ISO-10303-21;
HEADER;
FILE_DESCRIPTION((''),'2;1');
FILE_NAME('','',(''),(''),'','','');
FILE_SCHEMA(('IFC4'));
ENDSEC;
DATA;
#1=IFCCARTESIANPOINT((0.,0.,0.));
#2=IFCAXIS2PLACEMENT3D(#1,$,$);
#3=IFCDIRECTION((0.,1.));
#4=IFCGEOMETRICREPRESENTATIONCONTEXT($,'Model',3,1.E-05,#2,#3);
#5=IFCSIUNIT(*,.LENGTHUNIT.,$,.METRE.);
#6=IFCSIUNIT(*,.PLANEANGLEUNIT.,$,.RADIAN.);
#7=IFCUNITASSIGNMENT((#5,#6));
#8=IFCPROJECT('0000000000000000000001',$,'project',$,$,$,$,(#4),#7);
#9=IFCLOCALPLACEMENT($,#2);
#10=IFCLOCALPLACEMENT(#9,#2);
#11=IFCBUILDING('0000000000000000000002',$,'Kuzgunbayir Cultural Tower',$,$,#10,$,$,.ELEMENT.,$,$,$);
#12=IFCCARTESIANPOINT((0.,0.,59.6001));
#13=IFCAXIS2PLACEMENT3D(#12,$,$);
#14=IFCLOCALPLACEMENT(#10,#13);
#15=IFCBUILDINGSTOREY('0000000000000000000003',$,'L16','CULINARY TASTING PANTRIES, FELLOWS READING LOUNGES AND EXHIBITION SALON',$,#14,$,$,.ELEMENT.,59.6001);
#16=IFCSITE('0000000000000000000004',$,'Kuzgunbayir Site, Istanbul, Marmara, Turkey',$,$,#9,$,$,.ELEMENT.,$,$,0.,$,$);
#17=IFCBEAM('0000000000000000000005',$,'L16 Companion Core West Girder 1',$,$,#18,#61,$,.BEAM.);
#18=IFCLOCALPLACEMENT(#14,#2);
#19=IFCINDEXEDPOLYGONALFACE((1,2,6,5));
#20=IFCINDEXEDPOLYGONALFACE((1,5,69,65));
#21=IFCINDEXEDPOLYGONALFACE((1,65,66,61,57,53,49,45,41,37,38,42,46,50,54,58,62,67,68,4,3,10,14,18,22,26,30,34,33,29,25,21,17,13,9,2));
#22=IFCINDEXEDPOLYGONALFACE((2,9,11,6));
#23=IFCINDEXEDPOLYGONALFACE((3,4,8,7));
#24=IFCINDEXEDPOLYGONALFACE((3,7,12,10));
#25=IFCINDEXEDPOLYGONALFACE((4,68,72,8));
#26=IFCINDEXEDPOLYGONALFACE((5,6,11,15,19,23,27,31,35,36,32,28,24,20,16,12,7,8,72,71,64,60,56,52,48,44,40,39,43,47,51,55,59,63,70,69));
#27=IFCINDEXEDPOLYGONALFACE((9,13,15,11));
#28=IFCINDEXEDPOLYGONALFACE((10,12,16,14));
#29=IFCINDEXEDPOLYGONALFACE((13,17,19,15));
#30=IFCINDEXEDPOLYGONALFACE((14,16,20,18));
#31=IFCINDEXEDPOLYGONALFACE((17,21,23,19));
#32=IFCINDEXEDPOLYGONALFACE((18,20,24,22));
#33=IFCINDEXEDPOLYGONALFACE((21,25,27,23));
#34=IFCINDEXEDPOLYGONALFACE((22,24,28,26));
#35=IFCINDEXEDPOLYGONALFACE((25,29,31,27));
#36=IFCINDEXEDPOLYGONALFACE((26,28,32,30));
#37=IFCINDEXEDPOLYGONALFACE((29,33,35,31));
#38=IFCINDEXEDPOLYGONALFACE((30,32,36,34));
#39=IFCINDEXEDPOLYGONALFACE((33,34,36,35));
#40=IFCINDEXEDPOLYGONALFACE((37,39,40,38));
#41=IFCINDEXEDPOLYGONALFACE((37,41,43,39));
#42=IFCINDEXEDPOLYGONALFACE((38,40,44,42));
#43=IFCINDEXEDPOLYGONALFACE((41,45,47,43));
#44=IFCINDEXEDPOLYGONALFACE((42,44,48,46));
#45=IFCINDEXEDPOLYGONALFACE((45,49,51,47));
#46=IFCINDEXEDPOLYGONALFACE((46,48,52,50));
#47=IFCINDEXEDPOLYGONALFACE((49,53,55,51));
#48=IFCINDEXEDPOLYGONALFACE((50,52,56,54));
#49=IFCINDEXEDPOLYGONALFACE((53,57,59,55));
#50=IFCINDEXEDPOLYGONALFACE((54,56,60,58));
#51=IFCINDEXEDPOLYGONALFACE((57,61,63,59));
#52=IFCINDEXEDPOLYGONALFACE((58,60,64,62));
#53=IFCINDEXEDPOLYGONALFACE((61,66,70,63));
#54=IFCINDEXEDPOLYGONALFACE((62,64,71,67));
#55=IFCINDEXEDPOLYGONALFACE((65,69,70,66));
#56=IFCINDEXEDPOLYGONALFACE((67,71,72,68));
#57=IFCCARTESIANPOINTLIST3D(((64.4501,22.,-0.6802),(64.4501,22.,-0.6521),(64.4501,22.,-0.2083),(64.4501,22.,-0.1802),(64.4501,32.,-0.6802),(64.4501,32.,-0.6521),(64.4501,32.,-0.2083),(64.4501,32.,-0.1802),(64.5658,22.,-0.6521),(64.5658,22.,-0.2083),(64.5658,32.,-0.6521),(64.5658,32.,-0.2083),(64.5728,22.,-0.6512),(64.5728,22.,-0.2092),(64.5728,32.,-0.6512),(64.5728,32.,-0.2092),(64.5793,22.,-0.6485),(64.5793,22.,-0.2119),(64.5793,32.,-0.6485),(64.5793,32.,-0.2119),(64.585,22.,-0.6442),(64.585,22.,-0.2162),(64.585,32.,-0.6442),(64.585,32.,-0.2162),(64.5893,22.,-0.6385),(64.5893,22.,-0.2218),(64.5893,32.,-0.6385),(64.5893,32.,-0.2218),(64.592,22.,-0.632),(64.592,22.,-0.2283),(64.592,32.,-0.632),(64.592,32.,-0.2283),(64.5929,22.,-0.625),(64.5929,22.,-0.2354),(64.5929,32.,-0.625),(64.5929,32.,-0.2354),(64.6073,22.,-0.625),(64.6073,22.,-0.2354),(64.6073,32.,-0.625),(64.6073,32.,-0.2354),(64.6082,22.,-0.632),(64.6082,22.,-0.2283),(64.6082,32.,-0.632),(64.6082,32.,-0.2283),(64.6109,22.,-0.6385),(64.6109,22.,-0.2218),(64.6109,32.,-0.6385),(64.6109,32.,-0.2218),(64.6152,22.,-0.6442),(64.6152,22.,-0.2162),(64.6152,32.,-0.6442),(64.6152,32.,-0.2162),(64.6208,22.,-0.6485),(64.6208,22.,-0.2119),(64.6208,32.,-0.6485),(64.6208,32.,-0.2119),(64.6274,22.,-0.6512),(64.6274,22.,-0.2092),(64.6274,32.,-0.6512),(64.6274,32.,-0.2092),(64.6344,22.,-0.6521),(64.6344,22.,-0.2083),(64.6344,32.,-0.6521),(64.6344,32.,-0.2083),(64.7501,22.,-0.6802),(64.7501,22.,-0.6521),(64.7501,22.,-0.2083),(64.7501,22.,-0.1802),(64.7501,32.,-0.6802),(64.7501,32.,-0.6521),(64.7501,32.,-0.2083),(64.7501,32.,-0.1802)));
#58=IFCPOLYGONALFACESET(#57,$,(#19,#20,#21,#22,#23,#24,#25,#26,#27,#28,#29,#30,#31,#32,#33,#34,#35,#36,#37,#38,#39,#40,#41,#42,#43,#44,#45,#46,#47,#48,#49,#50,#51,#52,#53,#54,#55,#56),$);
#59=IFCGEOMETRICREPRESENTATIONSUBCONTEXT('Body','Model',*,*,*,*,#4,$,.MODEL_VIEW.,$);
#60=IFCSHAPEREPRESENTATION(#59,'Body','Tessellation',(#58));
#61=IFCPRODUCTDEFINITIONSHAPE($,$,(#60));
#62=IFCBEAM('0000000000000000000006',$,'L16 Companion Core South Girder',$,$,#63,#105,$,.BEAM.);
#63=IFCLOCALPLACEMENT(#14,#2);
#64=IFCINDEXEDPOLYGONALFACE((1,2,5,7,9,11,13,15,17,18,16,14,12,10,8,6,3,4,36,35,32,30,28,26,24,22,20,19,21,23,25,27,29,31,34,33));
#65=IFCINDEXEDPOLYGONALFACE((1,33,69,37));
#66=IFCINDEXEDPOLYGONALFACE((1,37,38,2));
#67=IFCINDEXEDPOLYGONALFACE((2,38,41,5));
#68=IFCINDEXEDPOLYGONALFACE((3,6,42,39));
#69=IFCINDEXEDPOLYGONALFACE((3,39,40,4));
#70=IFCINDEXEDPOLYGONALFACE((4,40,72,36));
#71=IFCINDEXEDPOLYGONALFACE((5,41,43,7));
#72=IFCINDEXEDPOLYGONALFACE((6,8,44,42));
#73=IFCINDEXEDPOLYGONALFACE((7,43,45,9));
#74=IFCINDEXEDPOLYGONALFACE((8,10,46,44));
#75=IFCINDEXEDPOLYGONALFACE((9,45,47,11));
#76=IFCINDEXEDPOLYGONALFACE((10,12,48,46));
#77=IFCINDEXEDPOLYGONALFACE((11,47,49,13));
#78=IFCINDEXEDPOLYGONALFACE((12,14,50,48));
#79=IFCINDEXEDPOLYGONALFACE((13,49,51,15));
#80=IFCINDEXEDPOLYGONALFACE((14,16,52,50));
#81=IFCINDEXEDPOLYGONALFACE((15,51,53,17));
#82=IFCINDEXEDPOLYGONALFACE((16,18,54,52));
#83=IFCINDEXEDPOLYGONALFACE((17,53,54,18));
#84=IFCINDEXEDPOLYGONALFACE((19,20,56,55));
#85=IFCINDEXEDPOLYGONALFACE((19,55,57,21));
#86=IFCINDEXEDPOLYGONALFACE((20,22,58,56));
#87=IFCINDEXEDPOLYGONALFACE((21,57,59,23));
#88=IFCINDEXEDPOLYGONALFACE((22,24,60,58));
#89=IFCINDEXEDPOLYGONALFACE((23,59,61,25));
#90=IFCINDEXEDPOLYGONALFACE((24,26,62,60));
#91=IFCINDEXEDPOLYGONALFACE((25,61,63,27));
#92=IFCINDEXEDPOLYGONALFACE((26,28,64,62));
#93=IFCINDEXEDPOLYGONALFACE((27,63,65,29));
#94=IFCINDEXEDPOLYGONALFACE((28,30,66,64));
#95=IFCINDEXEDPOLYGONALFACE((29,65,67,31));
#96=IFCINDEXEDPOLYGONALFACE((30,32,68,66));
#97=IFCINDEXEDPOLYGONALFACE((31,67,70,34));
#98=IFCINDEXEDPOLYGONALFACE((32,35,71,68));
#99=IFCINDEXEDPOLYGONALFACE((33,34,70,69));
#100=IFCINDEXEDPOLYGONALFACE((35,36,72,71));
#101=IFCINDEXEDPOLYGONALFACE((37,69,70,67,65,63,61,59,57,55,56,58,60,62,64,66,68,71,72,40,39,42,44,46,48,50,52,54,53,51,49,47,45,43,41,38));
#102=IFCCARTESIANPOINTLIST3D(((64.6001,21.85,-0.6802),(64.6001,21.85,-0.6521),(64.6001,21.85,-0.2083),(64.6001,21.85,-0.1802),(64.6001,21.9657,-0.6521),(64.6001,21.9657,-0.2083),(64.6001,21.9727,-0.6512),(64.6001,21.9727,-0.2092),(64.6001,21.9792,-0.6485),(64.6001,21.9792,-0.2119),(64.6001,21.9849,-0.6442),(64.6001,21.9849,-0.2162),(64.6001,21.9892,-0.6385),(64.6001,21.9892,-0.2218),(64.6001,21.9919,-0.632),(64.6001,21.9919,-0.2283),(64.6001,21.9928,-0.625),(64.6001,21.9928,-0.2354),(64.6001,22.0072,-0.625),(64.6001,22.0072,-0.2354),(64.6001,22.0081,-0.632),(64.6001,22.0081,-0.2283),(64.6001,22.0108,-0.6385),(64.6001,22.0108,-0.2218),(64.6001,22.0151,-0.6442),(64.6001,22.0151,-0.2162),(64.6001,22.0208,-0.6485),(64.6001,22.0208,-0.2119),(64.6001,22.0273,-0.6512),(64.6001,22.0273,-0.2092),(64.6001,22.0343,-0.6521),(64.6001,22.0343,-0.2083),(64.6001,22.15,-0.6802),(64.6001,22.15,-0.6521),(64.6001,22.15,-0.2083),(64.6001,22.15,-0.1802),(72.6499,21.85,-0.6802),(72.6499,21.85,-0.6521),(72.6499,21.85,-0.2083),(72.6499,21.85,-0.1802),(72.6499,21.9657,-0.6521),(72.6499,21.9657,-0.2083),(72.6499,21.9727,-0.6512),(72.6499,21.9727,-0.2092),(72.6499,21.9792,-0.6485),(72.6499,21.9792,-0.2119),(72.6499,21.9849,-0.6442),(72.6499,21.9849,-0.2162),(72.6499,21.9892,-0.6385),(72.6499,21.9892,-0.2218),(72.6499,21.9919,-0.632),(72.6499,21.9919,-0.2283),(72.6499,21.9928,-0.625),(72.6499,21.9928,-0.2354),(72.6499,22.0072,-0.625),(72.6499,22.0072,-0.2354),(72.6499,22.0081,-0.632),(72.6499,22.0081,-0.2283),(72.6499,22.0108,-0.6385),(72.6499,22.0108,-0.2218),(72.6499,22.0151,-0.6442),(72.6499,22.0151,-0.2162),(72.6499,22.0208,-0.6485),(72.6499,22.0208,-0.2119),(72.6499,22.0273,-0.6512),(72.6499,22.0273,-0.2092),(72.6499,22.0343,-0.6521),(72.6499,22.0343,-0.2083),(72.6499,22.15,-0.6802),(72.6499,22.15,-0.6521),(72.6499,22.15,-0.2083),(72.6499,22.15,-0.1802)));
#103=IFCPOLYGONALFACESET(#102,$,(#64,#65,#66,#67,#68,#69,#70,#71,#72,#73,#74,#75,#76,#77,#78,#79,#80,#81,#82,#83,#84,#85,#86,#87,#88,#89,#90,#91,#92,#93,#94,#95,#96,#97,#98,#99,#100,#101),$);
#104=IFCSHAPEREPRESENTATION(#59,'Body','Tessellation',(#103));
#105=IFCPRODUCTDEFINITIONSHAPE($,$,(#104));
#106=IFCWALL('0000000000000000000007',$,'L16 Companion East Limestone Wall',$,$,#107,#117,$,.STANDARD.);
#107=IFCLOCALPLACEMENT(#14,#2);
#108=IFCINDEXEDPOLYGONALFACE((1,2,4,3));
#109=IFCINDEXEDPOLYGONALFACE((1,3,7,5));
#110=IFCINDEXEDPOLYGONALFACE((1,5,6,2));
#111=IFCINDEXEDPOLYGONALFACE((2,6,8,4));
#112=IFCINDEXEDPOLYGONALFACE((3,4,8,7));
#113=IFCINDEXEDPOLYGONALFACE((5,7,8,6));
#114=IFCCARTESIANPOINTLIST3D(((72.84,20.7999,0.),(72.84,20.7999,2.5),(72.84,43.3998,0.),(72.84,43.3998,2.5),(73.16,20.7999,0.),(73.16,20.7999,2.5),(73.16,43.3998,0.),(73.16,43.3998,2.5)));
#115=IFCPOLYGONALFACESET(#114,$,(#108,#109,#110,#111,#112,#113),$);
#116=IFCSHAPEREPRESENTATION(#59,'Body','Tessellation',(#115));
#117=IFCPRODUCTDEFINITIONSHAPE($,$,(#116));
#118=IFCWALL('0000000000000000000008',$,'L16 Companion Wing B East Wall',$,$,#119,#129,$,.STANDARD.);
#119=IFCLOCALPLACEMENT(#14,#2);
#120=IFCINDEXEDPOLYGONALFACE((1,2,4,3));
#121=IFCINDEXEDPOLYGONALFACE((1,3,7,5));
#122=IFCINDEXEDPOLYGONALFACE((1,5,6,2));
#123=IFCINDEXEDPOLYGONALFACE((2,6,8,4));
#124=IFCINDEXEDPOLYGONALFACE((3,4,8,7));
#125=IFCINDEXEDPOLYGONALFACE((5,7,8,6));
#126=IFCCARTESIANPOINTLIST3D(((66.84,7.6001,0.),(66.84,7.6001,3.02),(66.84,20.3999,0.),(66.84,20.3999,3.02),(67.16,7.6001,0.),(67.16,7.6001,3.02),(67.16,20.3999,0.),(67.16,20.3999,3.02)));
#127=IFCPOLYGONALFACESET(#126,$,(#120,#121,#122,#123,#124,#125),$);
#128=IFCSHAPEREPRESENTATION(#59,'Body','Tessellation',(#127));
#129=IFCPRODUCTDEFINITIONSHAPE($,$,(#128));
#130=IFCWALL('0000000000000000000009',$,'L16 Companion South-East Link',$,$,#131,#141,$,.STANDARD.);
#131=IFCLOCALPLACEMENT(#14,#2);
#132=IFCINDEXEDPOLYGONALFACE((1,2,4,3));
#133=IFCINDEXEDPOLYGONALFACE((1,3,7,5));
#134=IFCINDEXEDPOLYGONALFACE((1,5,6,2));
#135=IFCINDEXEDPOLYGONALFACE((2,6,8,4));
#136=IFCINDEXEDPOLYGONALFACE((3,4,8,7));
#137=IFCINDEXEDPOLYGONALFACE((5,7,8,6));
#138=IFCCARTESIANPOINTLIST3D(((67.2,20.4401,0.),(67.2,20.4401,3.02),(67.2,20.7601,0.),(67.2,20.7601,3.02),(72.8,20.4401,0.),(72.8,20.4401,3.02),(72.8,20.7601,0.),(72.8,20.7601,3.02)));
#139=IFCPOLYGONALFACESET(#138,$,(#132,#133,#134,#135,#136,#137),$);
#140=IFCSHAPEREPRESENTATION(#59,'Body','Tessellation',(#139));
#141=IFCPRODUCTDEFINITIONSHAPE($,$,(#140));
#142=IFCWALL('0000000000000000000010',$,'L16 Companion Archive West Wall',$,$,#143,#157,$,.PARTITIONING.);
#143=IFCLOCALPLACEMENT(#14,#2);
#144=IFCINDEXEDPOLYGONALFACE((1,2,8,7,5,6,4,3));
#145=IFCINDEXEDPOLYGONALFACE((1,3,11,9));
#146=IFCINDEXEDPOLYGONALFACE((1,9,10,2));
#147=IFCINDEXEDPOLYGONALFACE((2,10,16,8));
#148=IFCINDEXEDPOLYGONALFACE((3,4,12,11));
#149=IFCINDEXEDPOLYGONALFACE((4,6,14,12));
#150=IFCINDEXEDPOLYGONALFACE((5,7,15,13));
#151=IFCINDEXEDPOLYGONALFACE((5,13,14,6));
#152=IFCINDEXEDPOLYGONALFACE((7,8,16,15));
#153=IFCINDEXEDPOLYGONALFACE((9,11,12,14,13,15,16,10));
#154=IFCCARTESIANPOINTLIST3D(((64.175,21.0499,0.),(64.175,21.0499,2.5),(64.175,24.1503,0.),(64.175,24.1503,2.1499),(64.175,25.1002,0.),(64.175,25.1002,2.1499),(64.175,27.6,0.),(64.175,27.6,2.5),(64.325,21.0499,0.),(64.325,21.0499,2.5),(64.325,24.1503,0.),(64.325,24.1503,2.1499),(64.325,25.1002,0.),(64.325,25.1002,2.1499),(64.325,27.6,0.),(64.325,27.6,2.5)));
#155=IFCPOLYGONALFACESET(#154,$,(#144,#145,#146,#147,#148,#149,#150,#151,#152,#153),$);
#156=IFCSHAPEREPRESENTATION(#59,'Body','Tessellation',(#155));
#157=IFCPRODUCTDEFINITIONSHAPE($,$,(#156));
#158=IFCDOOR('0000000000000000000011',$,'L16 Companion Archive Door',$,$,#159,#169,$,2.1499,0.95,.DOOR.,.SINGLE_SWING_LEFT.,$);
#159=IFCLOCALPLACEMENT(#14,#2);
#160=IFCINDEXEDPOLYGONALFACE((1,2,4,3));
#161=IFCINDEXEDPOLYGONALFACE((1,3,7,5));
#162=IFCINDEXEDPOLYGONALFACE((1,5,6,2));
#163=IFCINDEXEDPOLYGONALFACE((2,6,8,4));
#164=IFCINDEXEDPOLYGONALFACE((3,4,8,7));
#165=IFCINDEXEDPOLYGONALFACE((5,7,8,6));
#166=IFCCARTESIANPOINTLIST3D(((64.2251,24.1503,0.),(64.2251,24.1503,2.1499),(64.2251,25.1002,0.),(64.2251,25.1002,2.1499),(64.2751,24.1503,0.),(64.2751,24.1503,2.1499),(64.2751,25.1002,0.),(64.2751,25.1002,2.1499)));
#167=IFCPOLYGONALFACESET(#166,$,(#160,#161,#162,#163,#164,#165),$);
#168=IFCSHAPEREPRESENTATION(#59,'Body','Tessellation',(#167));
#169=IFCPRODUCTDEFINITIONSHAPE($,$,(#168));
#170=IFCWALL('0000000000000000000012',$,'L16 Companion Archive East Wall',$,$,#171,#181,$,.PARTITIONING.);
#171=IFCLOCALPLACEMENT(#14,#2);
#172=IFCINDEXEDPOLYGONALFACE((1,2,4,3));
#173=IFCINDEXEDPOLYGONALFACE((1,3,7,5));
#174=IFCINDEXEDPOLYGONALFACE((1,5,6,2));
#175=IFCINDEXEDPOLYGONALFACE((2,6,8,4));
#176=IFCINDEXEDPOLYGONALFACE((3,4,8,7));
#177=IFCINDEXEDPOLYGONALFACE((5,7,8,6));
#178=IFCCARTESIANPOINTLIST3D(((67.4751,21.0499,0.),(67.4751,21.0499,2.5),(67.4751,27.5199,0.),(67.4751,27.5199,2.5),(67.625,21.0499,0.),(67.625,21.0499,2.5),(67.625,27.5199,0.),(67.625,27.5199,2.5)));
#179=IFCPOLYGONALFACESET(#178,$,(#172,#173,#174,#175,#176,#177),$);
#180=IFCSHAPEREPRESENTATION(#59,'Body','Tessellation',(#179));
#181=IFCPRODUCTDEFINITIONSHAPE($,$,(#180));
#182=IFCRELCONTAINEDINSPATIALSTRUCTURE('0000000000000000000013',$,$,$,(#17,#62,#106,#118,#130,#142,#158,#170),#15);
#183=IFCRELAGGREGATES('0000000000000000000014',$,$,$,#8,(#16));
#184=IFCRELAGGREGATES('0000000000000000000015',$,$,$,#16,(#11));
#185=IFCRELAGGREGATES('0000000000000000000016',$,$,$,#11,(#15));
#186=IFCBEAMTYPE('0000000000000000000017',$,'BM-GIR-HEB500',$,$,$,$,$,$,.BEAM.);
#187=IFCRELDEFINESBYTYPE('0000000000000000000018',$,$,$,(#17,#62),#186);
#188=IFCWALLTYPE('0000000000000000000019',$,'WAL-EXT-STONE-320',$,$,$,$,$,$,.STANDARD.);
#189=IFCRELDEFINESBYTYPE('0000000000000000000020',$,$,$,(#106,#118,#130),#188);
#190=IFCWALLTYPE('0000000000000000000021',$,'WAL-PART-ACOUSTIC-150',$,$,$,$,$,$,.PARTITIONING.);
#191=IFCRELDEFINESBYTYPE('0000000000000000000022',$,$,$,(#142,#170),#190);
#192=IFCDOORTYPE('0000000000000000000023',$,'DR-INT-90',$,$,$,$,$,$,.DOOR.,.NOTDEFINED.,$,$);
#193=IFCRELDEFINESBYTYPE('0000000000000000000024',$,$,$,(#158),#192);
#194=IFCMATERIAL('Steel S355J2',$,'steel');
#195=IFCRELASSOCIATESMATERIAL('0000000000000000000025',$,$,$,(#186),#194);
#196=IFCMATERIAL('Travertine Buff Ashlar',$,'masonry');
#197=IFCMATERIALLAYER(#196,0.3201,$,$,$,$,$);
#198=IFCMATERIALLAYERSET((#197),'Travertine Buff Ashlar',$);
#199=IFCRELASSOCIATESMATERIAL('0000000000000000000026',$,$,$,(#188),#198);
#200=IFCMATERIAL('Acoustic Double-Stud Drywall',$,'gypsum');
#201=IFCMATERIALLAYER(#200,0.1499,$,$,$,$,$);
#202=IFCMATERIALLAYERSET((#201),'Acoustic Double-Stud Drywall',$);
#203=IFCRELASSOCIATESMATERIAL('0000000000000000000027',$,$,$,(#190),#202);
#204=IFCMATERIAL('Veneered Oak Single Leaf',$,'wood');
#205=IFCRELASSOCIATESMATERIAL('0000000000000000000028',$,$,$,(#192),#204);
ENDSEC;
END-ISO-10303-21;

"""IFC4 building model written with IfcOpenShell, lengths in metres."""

from ifc_helpers import new_model, si_unit, direction, frame, frame_2d, origin, origin_2d, place, context, subcontext, project, spatial, rectangle, i_section, extrude, material, layer, layer_set, material_profile, profile_set, type_object, element, fill, save


model = new_model("IFC4")

# Units and contexts
model_context = context("Model", 3, precision=1e-05, world=origin(), true_north=direction((0.0, 1.0)))
body_context = subcontext(model_context, "Body", "Model", "MODEL_VIEW")
ifc_project = project(units=[si_unit("LENGTHUNIT", "METRE"), si_unit("PLANEANGLEUNIT", "RADIAN")], contexts=[model_context])

# Site, building, storey
site_placement = place(None, origin())
site = spatial("IfcSite", under=ifc_project, at=site_placement, Name="Kuzgunbayir Site, Istanbul, Marmara, Turkey", CompositionType="ELEMENT", RefElevation=0.0)
building_placement = place(site_placement, origin())
building = spatial("IfcBuilding", under=site, at=building_placement, Name="Kuzgunbayir Cultural Tower", CompositionType="ELEMENT")
storey_placement = place(building_placement, frame((0.0, 0.0, 59.6001)))
storey = spatial("IfcBuildingStorey", under=building, at=storey_placement, Name="L16", Description="CULINARY TASTING PANTRIES, FELLOWS READING LOUNGES AND EXHIBITION SALON", CompositionType="ELEMENT", Elevation=59.6001)

# Beams
ifc_material_1 = material(Name="Steel S355J2", Category="steel")
ifc_material_profile_1 = material_profile(ifc_material_1, i_section(OverallWidth=0.3, OverallDepth=0.5, WebThickness=0.0144, FlangeThickness=0.0281, FilletRadius=0.0271, at=origin_2d()), Name="HEB 500")
ifc_profile_set_1 = profile_set([ifc_material_profile_1], Name="Steel S355J2")
beam_type_1 = type_object("IfcBeamType", Name="BM-GIR-HEB500", PredefinedType="BEAM", material=ifc_profile_set_1)
beam_1_placement = place(storey_placement, frame((64.6001, 22.0, -0.4302), z_axis=(0.0, 1.0, 0.0), x_axis=(-1.0, 0.0, 0.0)))
element("IfcBeam", 1, at=beam_1_placement, inside=storey, type_object=beam_type_1, Name="L16 Companion Core West Girder 1", PredefinedType="BEAM", context=body_context, shape_type="SweptSolid", body=[
    extrude(i_section(OverallWidth=0.3, OverallDepth=0.5, WebThickness=0.0144, FlangeThickness=0.0281, FilletRadius=0.0271, at=origin_2d()), origin(), (0.0, 0.0, 1.0), 10.0),
])
beam_2_placement = place(storey_placement, frame((64.6001, 22.0, -0.4302), z_axis=(1.0, 0.0, 0.0), x_axis=(0.0, 1.0, 0.0)))
element("IfcBeam", 2, at=beam_2_placement, inside=storey, type_object=beam_type_1, Name="L16 Companion Core South Girder", PredefinedType="BEAM", context=body_context, shape_type="SweptSolid", body=[
    extrude(i_section(OverallWidth=0.3, OverallDepth=0.5, WebThickness=0.0144, FlangeThickness=0.0281, FilletRadius=0.0271, at=origin_2d()), origin(), (0.0, 0.0, 1.0), 8.0498),
])

# Walls
ifc_material_2 = material(Name="Travertine Buff Ashlar", Category="masonry")
ifc_layer_1 = layer(ifc_material_2, 0.3201)
ifc_layer_set_1 = layer_set([ifc_layer_1], Name="Travertine Buff Ashlar")
wall_type_1 = type_object("IfcWallType", Name="WAL-EXT-STONE-320", PredefinedType="STANDARD", material=ifc_layer_set_1)
wall_1_placement = place(storey_placement, frame((73.0, 20.8, 0.0), z_axis=(0.0, 0.0, 1.0), x_axis=(0.0, 1.0, 0.0)))
element("IfcWall", 3, at=wall_1_placement, inside=storey, type_object=wall_type_1, Name="L16 Companion East Limestone Wall", PredefinedType="STANDARD", context=body_context, shape_type="SweptSolid", body=[
    extrude(rectangle(XDim=22.5999, YDim=0.3201, at=frame_2d((11.2998, 0.0))), origin(), (0.0, 0.0, 1.0), 2.5),
])
wall_2_placement = place(storey_placement, frame((67.0, 7.6001, 0.0), z_axis=(0.0, 0.0, 1.0), x_axis=(0.0, 1.0, 0.0)))
element("IfcWall", 4, at=wall_2_placement, inside=storey, type_object=wall_type_1, Name="L16 Companion Wing B East Wall", PredefinedType="STANDARD", context=body_context, shape_type="SweptSolid", body=[
    extrude(rectangle(XDim=12.7998, YDim=0.3201, at=frame_2d((6.3999, 0.0))), origin(), (0.0, 0.0, 1.0), 3.02),
])
wall_3_placement = place(storey_placement, frame((67.2, 20.6001, 0.0), z_axis=(0.0, 0.0, 1.0), x_axis=(1.0, 0.0, 0.0)))
element("IfcWall", 5, at=wall_3_placement, inside=storey, type_object=wall_type_1, Name="L16 Companion South-East Link", PredefinedType="STANDARD", context=body_context, shape_type="SweptSolid", body=[
    extrude(rectangle(XDim=5.6001, YDim=0.3201, at=frame_2d((2.8, 0.0))), origin(), (0.0, 0.0, 1.0), 3.02),
])

# Wall, opening, door
ifc_material_3 = material(Name="Acoustic Double-Stud Drywall", Category="gypsum")
ifc_layer_2 = layer(ifc_material_3, 0.1499)
ifc_layer_set_2 = layer_set([ifc_layer_2], Name="Acoustic Double-Stud Drywall")
wall_type_2 = type_object("IfcWallType", Name="WAL-PART-ACOUSTIC-150", PredefinedType="PARTITIONING", material=ifc_layer_set_2)
wall_4_placement = place(storey_placement, frame((64.25, 21.05, 0.0), z_axis=(0.0, 0.0, 1.0), x_axis=(0.0, 1.0, 0.0)))
wall_4 = element("IfcWall", 6, at=wall_4_placement, inside=storey, type_object=wall_type_2, Name="L16 Companion Archive West Wall", PredefinedType="PARTITIONING", context=body_context, shape_type="SweptSolid", body=[
    extrude(rectangle(XDim=6.55, YDim=0.1499, at=frame_2d((3.2749, 0.0))), origin(), (0.0, 0.0, 1.0), 2.5),
])
opening_1_placement = place(wall_4_placement, frame((3.1001, 0.0, 0.0)))
opening_1 = element("IfcOpeningElement", 7, at=opening_1_placement, cuts=wall_4, PredefinedType="OPENING", context=body_context, shape_type="SweptSolid", body=[
    extrude(rectangle(XDim=0.95, YDim=2.1499, at=frame_2d((0.4751, 1.075))), frame((0.0, 0.085, 0.0), z_axis=(0.0, -1.0, 0.0), x_axis=(1.0, 0.0, 0.0)), (0.0, 0.0, 1.0), 0.1699),
])
ifc_material_4 = material(Name="Veneered Oak Single Leaf", Category="wood")
door_type_1 = type_object("IfcDoorType", Name="DR-INT-90", OperationType="NOTDEFINED", PredefinedType="DOOR", material=ifc_material_4)
door_1_placement = place(opening_1_placement, origin())
door_1 = element("IfcDoor", 8, at=door_1_placement, inside=storey, type_object=door_type_1, Name="L16 Companion Archive Door", OperationType="SINGLE_SWING_LEFT", OverallHeight=2.1499, OverallWidth=0.95, PredefinedType="DOOR", context=body_context, shape_type="SweptSolid", body=[
    extrude(rectangle(XDim=0.95, YDim=2.1499, at=frame_2d((0.4751, 1.075))), frame((0.0, 0.0249, 0.0), z_axis=(0.0, -1.0, 0.0), x_axis=(1.0, 0.0, 0.0)), (0.0, 0.0, 1.0), 0.05),
])
fill(opening_1, door_1)

# Wall
wall_5_placement = place(storey_placement, frame((67.55, 21.05, 0.0), z_axis=(0.0, 0.0, 1.0), x_axis=(0.0, 1.0, 0.0)))
element("IfcWall", 9, at=wall_5_placement, inside=storey, type_object=wall_type_2, Name="L16 Companion Archive East Wall", PredefinedType="PARTITIONING", context=body_context, shape_type="SweptSolid", body=[
    extrude(rectangle(XDim=6.47, YDim=0.1499, at=frame_2d((3.2349, 0.0))), origin(), (0.0, 0.0, 1.0), 2.5),
])

save(model, "model.ifc")
